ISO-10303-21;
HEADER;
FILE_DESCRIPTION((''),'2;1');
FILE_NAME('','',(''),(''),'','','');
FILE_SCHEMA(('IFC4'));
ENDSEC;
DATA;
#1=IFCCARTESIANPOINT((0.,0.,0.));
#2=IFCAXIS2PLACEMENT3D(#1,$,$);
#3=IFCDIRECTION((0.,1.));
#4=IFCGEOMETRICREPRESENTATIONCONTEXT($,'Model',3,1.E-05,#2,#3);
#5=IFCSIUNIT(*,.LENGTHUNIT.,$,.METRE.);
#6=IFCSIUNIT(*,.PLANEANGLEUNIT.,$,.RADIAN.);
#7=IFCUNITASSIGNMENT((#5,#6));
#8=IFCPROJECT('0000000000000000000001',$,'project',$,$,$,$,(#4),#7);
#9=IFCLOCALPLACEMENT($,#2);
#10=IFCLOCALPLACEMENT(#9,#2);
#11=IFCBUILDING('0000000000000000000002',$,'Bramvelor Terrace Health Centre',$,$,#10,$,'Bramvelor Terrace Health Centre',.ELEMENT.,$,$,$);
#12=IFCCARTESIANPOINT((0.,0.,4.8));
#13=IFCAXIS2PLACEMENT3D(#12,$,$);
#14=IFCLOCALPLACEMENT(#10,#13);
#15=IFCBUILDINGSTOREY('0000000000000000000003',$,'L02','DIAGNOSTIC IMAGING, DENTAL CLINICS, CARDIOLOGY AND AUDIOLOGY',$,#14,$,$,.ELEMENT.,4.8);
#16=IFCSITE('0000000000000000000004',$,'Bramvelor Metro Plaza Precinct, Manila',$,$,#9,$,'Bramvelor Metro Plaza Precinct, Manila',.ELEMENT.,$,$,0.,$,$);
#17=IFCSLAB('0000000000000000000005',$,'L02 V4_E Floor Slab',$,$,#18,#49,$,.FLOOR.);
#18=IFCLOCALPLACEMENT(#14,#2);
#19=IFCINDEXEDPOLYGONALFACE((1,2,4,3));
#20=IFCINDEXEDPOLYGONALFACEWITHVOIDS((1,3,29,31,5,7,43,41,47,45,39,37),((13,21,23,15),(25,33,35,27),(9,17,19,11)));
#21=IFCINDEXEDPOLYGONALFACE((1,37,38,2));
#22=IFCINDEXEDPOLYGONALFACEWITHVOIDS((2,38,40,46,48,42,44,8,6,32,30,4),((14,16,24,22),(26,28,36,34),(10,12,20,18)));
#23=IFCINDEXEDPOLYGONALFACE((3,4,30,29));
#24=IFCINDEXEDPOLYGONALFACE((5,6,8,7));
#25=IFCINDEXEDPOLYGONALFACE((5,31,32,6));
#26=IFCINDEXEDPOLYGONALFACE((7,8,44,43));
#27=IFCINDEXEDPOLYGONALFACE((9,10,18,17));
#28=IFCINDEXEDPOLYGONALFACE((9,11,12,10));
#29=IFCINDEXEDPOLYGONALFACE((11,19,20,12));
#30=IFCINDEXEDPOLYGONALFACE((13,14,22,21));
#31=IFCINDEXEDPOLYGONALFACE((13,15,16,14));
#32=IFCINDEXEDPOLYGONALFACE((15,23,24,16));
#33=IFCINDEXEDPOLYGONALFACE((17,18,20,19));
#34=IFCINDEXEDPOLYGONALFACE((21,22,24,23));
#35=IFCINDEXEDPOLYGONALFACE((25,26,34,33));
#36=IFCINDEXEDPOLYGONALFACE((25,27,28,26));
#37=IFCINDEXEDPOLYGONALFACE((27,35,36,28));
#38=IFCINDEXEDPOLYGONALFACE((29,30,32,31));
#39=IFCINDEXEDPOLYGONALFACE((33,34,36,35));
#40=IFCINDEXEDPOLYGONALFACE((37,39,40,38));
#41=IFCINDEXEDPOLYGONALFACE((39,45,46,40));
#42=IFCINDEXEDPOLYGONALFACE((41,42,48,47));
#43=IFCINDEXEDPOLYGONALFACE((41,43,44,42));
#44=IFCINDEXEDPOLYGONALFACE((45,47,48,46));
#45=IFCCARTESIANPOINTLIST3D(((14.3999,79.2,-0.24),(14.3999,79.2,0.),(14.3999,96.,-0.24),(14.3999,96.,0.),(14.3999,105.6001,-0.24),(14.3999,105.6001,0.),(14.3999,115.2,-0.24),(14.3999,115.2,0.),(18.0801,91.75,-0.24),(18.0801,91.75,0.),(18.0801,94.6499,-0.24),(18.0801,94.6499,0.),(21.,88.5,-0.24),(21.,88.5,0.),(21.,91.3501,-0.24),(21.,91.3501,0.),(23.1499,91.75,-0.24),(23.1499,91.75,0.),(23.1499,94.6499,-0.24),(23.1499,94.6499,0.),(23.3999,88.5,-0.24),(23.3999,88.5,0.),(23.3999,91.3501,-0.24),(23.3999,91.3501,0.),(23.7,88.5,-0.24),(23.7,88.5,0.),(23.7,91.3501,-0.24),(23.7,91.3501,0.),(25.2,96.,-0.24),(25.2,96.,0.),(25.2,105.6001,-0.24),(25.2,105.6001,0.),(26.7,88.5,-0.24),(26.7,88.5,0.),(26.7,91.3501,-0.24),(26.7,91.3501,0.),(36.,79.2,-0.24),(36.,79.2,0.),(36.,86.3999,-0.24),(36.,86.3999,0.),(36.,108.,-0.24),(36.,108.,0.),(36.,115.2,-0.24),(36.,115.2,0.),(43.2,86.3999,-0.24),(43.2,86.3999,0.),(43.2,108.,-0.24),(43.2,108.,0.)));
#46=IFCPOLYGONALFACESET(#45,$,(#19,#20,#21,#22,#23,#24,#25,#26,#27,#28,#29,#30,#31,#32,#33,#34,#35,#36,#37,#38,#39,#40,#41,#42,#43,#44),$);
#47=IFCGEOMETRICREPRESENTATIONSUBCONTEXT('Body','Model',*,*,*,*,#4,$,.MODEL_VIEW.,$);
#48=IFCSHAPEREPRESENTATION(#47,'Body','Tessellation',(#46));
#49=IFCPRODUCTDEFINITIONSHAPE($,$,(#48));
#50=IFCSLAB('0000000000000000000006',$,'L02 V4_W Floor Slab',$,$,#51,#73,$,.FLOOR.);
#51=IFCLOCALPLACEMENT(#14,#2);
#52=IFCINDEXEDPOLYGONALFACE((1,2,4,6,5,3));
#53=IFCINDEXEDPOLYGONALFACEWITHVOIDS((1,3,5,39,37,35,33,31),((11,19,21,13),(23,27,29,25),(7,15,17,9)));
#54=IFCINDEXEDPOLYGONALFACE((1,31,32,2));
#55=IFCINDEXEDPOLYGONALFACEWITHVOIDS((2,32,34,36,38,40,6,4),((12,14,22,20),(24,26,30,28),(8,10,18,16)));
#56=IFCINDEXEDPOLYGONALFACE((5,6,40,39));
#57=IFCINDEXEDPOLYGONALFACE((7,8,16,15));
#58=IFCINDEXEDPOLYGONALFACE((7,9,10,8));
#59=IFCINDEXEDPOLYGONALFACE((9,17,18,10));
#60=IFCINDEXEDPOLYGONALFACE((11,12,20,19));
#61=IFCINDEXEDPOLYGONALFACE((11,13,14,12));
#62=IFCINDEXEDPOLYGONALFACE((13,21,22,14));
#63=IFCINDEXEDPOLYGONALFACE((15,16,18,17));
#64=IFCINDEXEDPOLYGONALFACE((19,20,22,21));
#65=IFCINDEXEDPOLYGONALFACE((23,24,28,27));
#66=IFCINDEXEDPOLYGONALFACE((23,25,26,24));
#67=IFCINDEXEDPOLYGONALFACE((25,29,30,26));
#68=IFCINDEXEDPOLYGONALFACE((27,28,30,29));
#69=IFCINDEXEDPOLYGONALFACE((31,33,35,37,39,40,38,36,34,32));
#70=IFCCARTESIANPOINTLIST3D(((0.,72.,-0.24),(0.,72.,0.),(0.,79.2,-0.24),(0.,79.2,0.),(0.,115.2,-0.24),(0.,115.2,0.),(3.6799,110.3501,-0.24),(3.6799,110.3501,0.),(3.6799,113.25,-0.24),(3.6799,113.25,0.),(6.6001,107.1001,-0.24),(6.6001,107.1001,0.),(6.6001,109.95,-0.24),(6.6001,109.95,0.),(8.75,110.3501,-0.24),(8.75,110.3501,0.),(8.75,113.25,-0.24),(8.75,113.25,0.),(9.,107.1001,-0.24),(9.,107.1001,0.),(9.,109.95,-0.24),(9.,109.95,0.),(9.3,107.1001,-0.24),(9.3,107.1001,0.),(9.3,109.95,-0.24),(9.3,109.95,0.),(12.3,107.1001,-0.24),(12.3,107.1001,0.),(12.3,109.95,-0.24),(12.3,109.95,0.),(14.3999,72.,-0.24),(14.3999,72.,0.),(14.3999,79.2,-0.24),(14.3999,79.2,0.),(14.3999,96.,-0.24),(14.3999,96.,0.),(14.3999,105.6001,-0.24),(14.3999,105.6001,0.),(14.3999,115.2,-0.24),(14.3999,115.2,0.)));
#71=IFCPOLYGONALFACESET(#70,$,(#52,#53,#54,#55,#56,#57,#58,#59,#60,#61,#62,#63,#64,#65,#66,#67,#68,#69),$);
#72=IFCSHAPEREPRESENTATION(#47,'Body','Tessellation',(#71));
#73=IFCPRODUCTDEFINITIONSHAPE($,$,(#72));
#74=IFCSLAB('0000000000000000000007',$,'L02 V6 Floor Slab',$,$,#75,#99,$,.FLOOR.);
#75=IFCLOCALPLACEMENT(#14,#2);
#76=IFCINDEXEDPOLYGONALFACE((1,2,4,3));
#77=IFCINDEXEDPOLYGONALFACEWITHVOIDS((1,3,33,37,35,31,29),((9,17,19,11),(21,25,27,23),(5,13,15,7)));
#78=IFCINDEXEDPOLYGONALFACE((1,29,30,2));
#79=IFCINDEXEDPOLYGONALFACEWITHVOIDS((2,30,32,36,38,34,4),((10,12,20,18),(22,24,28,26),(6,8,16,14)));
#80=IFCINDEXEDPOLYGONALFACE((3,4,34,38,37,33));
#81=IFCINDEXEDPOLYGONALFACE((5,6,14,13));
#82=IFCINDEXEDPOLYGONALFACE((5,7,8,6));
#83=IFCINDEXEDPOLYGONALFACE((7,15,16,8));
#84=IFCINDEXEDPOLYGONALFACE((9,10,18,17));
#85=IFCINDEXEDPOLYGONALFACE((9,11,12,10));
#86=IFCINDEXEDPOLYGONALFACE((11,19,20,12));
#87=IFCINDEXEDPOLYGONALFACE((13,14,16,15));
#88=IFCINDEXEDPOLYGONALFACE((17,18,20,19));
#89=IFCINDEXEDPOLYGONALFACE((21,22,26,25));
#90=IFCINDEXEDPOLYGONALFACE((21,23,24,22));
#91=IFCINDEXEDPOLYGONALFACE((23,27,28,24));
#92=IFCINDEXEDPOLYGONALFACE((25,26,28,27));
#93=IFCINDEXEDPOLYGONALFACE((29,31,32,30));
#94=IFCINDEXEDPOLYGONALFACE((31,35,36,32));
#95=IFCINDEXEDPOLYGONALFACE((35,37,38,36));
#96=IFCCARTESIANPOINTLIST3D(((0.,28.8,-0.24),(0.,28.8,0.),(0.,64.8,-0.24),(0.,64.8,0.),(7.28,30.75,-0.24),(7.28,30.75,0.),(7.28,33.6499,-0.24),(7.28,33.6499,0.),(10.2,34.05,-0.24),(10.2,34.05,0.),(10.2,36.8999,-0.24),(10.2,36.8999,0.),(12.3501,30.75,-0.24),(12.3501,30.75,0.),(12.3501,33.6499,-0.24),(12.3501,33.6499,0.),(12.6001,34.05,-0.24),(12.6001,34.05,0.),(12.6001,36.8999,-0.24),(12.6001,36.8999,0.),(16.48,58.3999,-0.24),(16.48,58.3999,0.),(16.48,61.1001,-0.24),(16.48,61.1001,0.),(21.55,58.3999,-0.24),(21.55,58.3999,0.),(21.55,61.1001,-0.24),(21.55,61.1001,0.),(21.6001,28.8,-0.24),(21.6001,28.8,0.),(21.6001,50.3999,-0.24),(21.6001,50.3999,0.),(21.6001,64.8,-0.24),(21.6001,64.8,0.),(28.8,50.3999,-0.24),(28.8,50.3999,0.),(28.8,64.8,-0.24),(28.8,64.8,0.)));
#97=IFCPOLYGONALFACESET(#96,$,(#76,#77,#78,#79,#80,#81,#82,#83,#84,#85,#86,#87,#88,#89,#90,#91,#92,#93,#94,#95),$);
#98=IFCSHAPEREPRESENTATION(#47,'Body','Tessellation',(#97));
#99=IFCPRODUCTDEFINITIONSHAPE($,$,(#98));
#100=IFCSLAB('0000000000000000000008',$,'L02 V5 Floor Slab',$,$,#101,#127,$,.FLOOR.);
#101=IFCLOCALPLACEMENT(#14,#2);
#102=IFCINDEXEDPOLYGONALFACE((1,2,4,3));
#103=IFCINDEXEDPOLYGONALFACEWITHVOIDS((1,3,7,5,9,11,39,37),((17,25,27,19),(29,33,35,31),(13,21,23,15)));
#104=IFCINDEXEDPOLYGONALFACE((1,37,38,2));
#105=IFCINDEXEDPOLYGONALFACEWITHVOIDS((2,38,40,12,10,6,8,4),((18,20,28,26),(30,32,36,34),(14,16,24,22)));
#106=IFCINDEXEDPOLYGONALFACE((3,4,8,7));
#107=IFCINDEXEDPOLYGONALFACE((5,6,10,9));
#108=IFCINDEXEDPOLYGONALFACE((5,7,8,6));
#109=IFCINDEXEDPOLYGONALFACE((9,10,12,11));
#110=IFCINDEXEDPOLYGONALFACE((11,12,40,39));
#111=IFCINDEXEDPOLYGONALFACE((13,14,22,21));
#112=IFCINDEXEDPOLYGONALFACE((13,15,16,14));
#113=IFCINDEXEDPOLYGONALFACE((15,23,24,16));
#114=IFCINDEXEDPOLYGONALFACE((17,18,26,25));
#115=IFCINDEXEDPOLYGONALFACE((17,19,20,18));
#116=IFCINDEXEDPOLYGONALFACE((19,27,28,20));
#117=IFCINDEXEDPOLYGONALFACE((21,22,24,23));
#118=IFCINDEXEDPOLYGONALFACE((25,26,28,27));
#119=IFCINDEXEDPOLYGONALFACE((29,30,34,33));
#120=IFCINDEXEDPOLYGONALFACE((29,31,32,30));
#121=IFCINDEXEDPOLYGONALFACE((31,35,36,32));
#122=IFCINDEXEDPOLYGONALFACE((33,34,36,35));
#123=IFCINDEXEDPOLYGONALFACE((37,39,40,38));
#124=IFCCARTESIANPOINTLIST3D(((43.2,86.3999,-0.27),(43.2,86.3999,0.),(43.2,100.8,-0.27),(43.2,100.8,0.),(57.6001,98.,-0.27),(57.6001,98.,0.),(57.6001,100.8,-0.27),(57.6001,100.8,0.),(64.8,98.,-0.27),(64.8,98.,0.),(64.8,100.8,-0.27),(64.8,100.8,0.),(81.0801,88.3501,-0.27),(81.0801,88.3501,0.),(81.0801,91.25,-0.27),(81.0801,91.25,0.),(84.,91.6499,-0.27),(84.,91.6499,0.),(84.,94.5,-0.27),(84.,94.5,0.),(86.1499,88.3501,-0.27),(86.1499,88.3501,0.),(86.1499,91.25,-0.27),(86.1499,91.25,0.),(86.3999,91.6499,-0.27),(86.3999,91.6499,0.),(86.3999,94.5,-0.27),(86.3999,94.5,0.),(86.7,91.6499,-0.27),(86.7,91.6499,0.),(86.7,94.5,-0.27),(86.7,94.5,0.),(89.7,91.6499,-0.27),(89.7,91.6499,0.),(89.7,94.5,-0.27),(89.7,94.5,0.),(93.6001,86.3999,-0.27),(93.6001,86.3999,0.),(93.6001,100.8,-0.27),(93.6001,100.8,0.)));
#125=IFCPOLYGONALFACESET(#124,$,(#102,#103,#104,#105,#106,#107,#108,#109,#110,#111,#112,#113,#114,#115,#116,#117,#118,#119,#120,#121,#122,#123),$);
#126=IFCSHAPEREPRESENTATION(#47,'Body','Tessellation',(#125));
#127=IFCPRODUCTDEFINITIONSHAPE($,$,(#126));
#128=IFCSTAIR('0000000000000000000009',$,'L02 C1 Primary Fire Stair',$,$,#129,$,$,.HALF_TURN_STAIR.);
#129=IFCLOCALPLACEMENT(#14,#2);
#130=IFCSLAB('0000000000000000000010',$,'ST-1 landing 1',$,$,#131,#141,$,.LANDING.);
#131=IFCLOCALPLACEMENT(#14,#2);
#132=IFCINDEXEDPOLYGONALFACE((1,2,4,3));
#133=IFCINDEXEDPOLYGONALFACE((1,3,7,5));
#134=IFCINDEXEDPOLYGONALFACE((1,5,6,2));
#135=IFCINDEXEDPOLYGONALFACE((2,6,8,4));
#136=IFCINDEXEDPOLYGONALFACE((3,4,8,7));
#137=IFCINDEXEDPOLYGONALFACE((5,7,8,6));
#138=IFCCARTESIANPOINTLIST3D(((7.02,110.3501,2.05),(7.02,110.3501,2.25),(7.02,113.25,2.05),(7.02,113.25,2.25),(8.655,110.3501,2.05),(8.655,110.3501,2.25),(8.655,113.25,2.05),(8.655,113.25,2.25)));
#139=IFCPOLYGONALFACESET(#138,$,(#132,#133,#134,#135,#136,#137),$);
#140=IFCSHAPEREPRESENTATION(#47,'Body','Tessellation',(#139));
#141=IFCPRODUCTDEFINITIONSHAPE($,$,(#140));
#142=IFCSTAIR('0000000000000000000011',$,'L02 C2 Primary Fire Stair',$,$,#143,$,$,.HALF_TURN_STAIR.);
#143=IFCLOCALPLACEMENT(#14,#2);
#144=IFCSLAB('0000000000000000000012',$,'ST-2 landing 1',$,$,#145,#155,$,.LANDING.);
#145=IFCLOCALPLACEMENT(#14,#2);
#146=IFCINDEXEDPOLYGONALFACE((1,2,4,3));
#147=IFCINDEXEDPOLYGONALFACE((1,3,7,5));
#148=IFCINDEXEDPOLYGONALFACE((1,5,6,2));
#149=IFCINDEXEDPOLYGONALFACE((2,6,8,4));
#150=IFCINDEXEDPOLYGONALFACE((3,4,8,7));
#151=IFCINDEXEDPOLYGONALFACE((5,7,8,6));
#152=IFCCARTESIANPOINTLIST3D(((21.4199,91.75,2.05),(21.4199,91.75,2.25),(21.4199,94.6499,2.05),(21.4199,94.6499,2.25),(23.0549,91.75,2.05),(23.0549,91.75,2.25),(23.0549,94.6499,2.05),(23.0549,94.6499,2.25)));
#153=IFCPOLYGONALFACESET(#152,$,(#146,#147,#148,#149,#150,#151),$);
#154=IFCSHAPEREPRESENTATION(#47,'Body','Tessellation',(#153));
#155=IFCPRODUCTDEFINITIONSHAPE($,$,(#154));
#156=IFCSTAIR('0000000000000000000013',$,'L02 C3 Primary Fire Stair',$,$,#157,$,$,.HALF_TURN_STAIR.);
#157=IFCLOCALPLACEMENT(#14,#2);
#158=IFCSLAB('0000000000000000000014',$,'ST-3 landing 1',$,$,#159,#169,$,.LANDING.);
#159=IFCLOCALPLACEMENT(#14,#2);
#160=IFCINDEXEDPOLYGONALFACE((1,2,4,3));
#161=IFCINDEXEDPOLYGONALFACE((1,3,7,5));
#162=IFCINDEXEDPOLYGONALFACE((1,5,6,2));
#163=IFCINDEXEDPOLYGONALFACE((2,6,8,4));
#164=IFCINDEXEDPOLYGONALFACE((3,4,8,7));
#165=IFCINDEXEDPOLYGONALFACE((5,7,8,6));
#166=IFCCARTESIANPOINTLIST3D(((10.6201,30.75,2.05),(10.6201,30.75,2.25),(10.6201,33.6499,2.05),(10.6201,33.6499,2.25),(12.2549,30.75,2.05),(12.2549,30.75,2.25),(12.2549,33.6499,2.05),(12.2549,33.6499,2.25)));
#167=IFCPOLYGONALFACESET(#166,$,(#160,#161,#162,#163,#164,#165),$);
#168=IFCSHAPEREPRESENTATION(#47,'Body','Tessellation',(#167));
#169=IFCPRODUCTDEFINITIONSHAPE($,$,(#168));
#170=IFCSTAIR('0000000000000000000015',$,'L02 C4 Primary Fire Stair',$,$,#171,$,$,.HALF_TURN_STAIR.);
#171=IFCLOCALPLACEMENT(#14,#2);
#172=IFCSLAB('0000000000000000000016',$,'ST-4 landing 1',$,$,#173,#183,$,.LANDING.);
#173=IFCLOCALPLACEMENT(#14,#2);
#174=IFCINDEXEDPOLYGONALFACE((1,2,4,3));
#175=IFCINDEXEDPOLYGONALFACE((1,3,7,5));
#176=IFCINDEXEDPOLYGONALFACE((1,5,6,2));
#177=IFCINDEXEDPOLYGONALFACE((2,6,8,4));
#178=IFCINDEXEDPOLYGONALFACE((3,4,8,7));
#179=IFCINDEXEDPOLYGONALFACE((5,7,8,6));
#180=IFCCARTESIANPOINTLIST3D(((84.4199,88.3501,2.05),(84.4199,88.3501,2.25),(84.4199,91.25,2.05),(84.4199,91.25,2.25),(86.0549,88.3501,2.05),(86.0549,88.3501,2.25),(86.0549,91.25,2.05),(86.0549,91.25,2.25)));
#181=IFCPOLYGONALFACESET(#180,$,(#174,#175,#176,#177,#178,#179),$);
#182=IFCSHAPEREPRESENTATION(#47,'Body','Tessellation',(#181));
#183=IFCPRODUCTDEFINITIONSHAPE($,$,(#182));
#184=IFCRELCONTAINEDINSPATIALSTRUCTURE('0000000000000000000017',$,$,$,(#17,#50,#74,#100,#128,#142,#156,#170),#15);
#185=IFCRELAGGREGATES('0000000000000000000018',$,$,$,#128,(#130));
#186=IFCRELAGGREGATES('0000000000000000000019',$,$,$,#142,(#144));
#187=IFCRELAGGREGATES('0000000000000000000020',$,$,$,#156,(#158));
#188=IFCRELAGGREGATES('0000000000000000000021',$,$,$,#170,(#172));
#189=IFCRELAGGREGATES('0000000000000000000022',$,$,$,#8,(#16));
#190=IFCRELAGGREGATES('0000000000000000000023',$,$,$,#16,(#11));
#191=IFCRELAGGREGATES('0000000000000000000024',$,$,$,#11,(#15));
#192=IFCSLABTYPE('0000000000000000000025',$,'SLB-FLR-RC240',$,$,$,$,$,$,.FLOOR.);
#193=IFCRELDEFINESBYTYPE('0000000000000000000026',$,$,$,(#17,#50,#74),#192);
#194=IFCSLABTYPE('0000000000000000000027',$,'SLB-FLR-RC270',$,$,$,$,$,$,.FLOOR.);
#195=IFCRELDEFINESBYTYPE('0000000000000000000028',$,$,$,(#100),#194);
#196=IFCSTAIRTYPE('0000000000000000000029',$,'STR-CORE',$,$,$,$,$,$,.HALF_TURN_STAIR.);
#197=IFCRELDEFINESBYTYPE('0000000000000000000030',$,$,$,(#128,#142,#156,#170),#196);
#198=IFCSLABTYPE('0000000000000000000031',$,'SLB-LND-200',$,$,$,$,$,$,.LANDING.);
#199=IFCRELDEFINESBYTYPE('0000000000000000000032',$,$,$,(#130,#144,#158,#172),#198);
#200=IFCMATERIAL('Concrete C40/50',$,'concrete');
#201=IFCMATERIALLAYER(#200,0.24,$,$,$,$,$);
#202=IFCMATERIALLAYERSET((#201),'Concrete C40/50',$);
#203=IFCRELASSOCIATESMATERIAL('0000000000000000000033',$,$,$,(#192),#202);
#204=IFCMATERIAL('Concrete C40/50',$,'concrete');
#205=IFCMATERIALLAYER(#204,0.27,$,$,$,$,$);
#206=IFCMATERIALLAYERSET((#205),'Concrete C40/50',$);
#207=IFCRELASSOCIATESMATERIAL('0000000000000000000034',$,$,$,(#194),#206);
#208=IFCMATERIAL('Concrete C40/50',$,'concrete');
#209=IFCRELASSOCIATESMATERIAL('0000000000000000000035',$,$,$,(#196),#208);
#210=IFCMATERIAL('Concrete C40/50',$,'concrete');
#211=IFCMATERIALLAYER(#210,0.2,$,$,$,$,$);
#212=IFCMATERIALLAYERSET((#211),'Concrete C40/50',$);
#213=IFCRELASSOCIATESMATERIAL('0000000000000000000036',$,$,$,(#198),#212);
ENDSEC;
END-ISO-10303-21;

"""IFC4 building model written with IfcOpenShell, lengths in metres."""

from ifc_helpers import new_model, si_unit, direction, frame, origin, place, context, subcontext, project, spatial, polyline, outline, extrude, material, layer, layer_set, type_object, element, aggregate, save


model = new_model("IFC4")

# Units and contexts
model_context = context("Model", 3, precision=1e-05, world=origin(), true_north=direction((0.0, 1.0)))
body_context = subcontext(model_context, "Body", "Model", "MODEL_VIEW")
ifc_project = project(units=[si_unit("LENGTHUNIT", "METRE"), si_unit("PLANEANGLEUNIT", "RADIAN")], contexts=[model_context])

# Site, building, storey
site_placement = place(None, origin())
site = spatial("IfcSite", under=ifc_project, at=site_placement, Name="Bramvelor Metro Plaza Precinct, Manila", LongName="Bramvelor Metro Plaza Precinct, Manila", CompositionType="ELEMENT", RefElevation=0.0)
building_placement = place(site_placement, origin())
building = spatial("IfcBuilding", under=site, at=building_placement, Name="Bramvelor Terrace Health Centre", LongName="Bramvelor Terrace Health Centre", CompositionType="ELEMENT")
storey_placement = place(building_placement, frame((0.0, 0.0, 4.8)))
storey = spatial("IfcBuildingStorey", under=building, at=storey_placement, Name="L02", Description="DIAGNOSTIC IMAGING, DENTAL CLINICS, CARDIOLOGY AND AUDIOLOGY", CompositionType="ELEMENT", Elevation=4.8)

# Slabs
ifc_material_1 = material(Name="Concrete C40/50", Category="concrete")
ifc_layer_1 = layer(ifc_material_1, 0.24)
ifc_layer_set_1 = layer_set([ifc_layer_1], Name="Concrete C40/50")
slab_type_1 = type_object("IfcSlabType", Name="SLB-FLR-RC240", PredefinedType="FLOOR", material=ifc_layer_set_1)
slab_1_placement = place(storey_placement, frame((0.0, 0.0, -0.24)))
element("IfcSlab", 1, at=slab_1_placement, inside=storey, type_object=slab_type_1, Name="L02 V4_E Floor Slab", PredefinedType="FLOOR", context=body_context, shape_type="SweptSolid", body=[
    extrude(outline(polyline([(36.0, 79.2), (14.3999, 79.2), (14.3999, 96.0), (25.2, 96.0), (25.2, 105.6001), (14.3999, 105.6001), (14.3999, 115.2), (36.0, 115.2), (36.0, 108.0), (43.2, 108.0), (43.2, 86.3999), (36.0, 86.3999), (36.0, 79.2)]), holes=[polyline([(18.0801, 91.75), (23.1499, 91.75), (23.1499, 94.6499), (18.0801, 94.6499), (18.0801, 91.75)]), polyline([(21.0, 91.3501), (21.0, 88.5), (23.3999, 88.5), (23.3999, 91.3501), (21.0, 91.3501)]), polyline([(26.7, 91.3501), (23.7, 91.3501), (23.7, 88.5), (26.7, 88.5), (26.7, 91.3501)])]), origin(), (0.0, 0.0, 1.0), 0.24),
])
slab_2_placement = place(storey_placement, frame((0.0, 0.0, -0.24)))
element("IfcSlab", 2, at=slab_2_placement, inside=storey, type_object=slab_type_1, Name="L02 V4_W Floor Slab", PredefinedType="FLOOR", context=body_context, shape_type="SweptSolid", body=[
    extrude(outline(polyline([(0.0, 115.2), (14.3999, 115.2), (14.3999, 105.6001), (14.3999, 96.0), (14.3999, 79.2), (14.3999, 72.0), (0.0, 72.0), (0.0, 79.2), (0.0, 115.2)]), holes=[polyline([(3.6799, 110.3501), (8.75, 110.3501), (8.75, 113.25), (3.6799, 113.25), (3.6799, 110.3501)]), polyline([(6.6001, 109.95), (6.6001, 107.1001), (9.0, 107.1001), (9.0, 109.95), (6.6001, 109.95)]), polyline([(12.3, 109.95), (9.3, 109.95), (9.3, 107.1001), (12.3, 107.1001), (12.3, 109.95)])]), origin(), (0.0, 0.0, 1.0), 0.24),
])
slab_3_placement = place(storey_placement, frame((0.0, 0.0, -0.24)))
element("IfcSlab", 3, at=slab_3_placement, inside=storey, type_object=slab_type_1, Name="L02 V6 Floor Slab", PredefinedType="FLOOR", context=body_context, shape_type="SweptSolid", body=[
    extrude(outline(polyline([(21.6001, 64.8), (28.8, 64.8), (28.8, 50.3999), (21.6001, 50.3999), (21.6001, 28.8), (0.0, 28.8), (0.0, 64.8), (21.6001, 64.8)]), holes=[polyline([(7.28, 30.75), (12.3501, 30.75), (12.3501, 33.6499), (7.28, 33.6499), (7.28, 30.75)]), polyline([(10.2, 36.8999), (10.2, 34.05), (12.6001, 34.05), (12.6001, 36.8999), (10.2, 36.8999)]), polyline([(21.55, 61.1001), (16.48, 61.1001), (16.48, 58.3999), (21.55, 58.3999), (21.55, 61.1001)])]), origin(), (0.0, 0.0, 1.0), 0.24),
])
ifc_material_2 = material(Name="Concrete C40/50", Category="concrete")
ifc_layer_2 = layer(ifc_material_2, 0.27)
ifc_layer_set_2 = layer_set([ifc_layer_2], Name="Concrete C40/50")
slab_type_2 = type_object("IfcSlabType", Name="SLB-FLR-RC270", PredefinedType="FLOOR", material=ifc_layer_set_2)
slab_4_placement = place(storey_placement, frame((0.0, 0.0, -0.27)))
element("IfcSlab", 4, at=slab_4_placement, inside=storey, type_object=slab_type_2, Name="L02 V5 Floor Slab", PredefinedType="FLOOR", context=body_context, shape_type="SweptSolid", body=[
    extrude(outline(polyline([(43.2, 100.8), (57.6001, 100.8), (57.6001, 98.0), (64.8, 98.0), (64.8, 100.8), (93.6001, 100.8), (93.6001, 86.3999), (43.2, 86.3999), (43.2, 100.8)]), holes=[polyline([(81.0801, 88.3501), (86.1499, 88.3501), (86.1499, 91.25), (81.0801, 91.25), (81.0801, 88.3501)]), polyline([(84.0, 94.5), (84.0, 91.6499), (86.3999, 91.6499), (86.3999, 94.5), (84.0, 94.5)]), polyline([(89.7, 94.5), (86.7, 94.5), (86.7, 91.6499), (89.7, 91.6499), (89.7, 94.5)])]), origin(), (0.0, 0.0, 1.0), 0.27),
])

# Stairs, slabs
ifc_material_3 = material(Name="Concrete C40/50", Category="concrete")
stair_type_1 = type_object("IfcStairType", Name="STR-CORE", PredefinedType="HALF_TURN_STAIR", material=ifc_material_3)
stair_1_placement = place(storey_placement, origin())
stair_1 = element("IfcStair", 5, at=stair_1_placement, inside=storey, type_object=stair_type_1, Name="L02 C1 Primary Fire Stair", PredefinedType="HALF_TURN_STAIR")
ifc_material_4 = material(Name="Concrete C40/50", Category="concrete")
ifc_layer_3 = layer(ifc_material_4, 0.2)
ifc_layer_set_3 = layer_set([ifc_layer_3], Name="Concrete C40/50")
slab_type_3 = type_object("IfcSlabType", Name="SLB-LND-200", PredefinedType="LANDING", material=ifc_layer_set_3)
slab_5_placement = place(storey_placement, frame((0.0, 0.0, 2.05)))
slab_5 = element("IfcSlab", 6, at=slab_5_placement, type_object=slab_type_3, Name="ST-1 landing 1", PredefinedType="LANDING", context=body_context, shape_type="SweptSolid", body=[
    extrude(outline(polyline([(7.02, 110.3501), (8.655, 110.3501), (8.655, 113.25), (7.02, 113.25), (7.02, 110.3501)])), origin(), (0.0, 0.0, 1.0), 0.2),
])
aggregate(stair_1, [slab_5])
stair_2_placement = place(storey_placement, origin())
stair_2 = element("IfcStair", 7, at=stair_2_placement, inside=storey, type_object=stair_type_1, Name="L02 C2 Primary Fire Stair", PredefinedType="HALF_TURN_STAIR")
slab_6_placement = place(storey_placement, frame((0.0, 0.0, 2.05)))
slab_6 = element("IfcSlab", 8, at=slab_6_placement, type_object=slab_type_3, Name="ST-2 landing 1", PredefinedType="LANDING", context=body_context, shape_type="SweptSolid", body=[
    extrude(outline(polyline([(21.4199, 91.75), (23.0549, 91.75), (23.0549, 94.6499), (21.4199, 94.6499), (21.4199, 91.75)])), origin(), (0.0, 0.0, 1.0), 0.2),
])
aggregate(stair_2, [slab_6])
stair_3_placement = place(storey_placement, origin())
stair_3 = element("IfcStair", 9, at=stair_3_placement, inside=storey, type_object=stair_type_1, Name="L02 C3 Primary Fire Stair", PredefinedType="HALF_TURN_STAIR")
slab_7_placement = place(storey_placement, frame((0.0, 0.0, 2.05)))
slab_7 = element("IfcSlab", 10, at=slab_7_placement, type_object=slab_type_3, Name="ST-3 landing 1", PredefinedType="LANDING", context=body_context, shape_type="SweptSolid", body=[
    extrude(outline(polyline([(10.6201, 30.75), (12.2549, 30.75), (12.2549, 33.6499), (10.6201, 33.6499), (10.6201, 30.75)])), origin(), (0.0, 0.0, 1.0), 0.2),
])
aggregate(stair_3, [slab_7])
stair_4_placement = place(storey_placement, origin())
stair_4 = element("IfcStair", 11, at=stair_4_placement, inside=storey, type_object=stair_type_1, Name="L02 C4 Primary Fire Stair", PredefinedType="HALF_TURN_STAIR")
slab_8_placement = place(storey_placement, frame((0.0, 0.0, 2.05)))
slab_8 = element("IfcSlab", 12, at=slab_8_placement, type_object=slab_type_3, Name="ST-4 landing 1", PredefinedType="LANDING", context=body_context, shape_type="SweptSolid", body=[
    extrude(outline(polyline([(84.4199, 88.3501), (86.0549, 88.3501), (86.0549, 91.25), (84.4199, 91.25), (84.4199, 88.3501)])), origin(), (0.0, 0.0, 1.0), 0.2),
])
aggregate(stair_4, [slab_8])

save(model, "model.ifc")
